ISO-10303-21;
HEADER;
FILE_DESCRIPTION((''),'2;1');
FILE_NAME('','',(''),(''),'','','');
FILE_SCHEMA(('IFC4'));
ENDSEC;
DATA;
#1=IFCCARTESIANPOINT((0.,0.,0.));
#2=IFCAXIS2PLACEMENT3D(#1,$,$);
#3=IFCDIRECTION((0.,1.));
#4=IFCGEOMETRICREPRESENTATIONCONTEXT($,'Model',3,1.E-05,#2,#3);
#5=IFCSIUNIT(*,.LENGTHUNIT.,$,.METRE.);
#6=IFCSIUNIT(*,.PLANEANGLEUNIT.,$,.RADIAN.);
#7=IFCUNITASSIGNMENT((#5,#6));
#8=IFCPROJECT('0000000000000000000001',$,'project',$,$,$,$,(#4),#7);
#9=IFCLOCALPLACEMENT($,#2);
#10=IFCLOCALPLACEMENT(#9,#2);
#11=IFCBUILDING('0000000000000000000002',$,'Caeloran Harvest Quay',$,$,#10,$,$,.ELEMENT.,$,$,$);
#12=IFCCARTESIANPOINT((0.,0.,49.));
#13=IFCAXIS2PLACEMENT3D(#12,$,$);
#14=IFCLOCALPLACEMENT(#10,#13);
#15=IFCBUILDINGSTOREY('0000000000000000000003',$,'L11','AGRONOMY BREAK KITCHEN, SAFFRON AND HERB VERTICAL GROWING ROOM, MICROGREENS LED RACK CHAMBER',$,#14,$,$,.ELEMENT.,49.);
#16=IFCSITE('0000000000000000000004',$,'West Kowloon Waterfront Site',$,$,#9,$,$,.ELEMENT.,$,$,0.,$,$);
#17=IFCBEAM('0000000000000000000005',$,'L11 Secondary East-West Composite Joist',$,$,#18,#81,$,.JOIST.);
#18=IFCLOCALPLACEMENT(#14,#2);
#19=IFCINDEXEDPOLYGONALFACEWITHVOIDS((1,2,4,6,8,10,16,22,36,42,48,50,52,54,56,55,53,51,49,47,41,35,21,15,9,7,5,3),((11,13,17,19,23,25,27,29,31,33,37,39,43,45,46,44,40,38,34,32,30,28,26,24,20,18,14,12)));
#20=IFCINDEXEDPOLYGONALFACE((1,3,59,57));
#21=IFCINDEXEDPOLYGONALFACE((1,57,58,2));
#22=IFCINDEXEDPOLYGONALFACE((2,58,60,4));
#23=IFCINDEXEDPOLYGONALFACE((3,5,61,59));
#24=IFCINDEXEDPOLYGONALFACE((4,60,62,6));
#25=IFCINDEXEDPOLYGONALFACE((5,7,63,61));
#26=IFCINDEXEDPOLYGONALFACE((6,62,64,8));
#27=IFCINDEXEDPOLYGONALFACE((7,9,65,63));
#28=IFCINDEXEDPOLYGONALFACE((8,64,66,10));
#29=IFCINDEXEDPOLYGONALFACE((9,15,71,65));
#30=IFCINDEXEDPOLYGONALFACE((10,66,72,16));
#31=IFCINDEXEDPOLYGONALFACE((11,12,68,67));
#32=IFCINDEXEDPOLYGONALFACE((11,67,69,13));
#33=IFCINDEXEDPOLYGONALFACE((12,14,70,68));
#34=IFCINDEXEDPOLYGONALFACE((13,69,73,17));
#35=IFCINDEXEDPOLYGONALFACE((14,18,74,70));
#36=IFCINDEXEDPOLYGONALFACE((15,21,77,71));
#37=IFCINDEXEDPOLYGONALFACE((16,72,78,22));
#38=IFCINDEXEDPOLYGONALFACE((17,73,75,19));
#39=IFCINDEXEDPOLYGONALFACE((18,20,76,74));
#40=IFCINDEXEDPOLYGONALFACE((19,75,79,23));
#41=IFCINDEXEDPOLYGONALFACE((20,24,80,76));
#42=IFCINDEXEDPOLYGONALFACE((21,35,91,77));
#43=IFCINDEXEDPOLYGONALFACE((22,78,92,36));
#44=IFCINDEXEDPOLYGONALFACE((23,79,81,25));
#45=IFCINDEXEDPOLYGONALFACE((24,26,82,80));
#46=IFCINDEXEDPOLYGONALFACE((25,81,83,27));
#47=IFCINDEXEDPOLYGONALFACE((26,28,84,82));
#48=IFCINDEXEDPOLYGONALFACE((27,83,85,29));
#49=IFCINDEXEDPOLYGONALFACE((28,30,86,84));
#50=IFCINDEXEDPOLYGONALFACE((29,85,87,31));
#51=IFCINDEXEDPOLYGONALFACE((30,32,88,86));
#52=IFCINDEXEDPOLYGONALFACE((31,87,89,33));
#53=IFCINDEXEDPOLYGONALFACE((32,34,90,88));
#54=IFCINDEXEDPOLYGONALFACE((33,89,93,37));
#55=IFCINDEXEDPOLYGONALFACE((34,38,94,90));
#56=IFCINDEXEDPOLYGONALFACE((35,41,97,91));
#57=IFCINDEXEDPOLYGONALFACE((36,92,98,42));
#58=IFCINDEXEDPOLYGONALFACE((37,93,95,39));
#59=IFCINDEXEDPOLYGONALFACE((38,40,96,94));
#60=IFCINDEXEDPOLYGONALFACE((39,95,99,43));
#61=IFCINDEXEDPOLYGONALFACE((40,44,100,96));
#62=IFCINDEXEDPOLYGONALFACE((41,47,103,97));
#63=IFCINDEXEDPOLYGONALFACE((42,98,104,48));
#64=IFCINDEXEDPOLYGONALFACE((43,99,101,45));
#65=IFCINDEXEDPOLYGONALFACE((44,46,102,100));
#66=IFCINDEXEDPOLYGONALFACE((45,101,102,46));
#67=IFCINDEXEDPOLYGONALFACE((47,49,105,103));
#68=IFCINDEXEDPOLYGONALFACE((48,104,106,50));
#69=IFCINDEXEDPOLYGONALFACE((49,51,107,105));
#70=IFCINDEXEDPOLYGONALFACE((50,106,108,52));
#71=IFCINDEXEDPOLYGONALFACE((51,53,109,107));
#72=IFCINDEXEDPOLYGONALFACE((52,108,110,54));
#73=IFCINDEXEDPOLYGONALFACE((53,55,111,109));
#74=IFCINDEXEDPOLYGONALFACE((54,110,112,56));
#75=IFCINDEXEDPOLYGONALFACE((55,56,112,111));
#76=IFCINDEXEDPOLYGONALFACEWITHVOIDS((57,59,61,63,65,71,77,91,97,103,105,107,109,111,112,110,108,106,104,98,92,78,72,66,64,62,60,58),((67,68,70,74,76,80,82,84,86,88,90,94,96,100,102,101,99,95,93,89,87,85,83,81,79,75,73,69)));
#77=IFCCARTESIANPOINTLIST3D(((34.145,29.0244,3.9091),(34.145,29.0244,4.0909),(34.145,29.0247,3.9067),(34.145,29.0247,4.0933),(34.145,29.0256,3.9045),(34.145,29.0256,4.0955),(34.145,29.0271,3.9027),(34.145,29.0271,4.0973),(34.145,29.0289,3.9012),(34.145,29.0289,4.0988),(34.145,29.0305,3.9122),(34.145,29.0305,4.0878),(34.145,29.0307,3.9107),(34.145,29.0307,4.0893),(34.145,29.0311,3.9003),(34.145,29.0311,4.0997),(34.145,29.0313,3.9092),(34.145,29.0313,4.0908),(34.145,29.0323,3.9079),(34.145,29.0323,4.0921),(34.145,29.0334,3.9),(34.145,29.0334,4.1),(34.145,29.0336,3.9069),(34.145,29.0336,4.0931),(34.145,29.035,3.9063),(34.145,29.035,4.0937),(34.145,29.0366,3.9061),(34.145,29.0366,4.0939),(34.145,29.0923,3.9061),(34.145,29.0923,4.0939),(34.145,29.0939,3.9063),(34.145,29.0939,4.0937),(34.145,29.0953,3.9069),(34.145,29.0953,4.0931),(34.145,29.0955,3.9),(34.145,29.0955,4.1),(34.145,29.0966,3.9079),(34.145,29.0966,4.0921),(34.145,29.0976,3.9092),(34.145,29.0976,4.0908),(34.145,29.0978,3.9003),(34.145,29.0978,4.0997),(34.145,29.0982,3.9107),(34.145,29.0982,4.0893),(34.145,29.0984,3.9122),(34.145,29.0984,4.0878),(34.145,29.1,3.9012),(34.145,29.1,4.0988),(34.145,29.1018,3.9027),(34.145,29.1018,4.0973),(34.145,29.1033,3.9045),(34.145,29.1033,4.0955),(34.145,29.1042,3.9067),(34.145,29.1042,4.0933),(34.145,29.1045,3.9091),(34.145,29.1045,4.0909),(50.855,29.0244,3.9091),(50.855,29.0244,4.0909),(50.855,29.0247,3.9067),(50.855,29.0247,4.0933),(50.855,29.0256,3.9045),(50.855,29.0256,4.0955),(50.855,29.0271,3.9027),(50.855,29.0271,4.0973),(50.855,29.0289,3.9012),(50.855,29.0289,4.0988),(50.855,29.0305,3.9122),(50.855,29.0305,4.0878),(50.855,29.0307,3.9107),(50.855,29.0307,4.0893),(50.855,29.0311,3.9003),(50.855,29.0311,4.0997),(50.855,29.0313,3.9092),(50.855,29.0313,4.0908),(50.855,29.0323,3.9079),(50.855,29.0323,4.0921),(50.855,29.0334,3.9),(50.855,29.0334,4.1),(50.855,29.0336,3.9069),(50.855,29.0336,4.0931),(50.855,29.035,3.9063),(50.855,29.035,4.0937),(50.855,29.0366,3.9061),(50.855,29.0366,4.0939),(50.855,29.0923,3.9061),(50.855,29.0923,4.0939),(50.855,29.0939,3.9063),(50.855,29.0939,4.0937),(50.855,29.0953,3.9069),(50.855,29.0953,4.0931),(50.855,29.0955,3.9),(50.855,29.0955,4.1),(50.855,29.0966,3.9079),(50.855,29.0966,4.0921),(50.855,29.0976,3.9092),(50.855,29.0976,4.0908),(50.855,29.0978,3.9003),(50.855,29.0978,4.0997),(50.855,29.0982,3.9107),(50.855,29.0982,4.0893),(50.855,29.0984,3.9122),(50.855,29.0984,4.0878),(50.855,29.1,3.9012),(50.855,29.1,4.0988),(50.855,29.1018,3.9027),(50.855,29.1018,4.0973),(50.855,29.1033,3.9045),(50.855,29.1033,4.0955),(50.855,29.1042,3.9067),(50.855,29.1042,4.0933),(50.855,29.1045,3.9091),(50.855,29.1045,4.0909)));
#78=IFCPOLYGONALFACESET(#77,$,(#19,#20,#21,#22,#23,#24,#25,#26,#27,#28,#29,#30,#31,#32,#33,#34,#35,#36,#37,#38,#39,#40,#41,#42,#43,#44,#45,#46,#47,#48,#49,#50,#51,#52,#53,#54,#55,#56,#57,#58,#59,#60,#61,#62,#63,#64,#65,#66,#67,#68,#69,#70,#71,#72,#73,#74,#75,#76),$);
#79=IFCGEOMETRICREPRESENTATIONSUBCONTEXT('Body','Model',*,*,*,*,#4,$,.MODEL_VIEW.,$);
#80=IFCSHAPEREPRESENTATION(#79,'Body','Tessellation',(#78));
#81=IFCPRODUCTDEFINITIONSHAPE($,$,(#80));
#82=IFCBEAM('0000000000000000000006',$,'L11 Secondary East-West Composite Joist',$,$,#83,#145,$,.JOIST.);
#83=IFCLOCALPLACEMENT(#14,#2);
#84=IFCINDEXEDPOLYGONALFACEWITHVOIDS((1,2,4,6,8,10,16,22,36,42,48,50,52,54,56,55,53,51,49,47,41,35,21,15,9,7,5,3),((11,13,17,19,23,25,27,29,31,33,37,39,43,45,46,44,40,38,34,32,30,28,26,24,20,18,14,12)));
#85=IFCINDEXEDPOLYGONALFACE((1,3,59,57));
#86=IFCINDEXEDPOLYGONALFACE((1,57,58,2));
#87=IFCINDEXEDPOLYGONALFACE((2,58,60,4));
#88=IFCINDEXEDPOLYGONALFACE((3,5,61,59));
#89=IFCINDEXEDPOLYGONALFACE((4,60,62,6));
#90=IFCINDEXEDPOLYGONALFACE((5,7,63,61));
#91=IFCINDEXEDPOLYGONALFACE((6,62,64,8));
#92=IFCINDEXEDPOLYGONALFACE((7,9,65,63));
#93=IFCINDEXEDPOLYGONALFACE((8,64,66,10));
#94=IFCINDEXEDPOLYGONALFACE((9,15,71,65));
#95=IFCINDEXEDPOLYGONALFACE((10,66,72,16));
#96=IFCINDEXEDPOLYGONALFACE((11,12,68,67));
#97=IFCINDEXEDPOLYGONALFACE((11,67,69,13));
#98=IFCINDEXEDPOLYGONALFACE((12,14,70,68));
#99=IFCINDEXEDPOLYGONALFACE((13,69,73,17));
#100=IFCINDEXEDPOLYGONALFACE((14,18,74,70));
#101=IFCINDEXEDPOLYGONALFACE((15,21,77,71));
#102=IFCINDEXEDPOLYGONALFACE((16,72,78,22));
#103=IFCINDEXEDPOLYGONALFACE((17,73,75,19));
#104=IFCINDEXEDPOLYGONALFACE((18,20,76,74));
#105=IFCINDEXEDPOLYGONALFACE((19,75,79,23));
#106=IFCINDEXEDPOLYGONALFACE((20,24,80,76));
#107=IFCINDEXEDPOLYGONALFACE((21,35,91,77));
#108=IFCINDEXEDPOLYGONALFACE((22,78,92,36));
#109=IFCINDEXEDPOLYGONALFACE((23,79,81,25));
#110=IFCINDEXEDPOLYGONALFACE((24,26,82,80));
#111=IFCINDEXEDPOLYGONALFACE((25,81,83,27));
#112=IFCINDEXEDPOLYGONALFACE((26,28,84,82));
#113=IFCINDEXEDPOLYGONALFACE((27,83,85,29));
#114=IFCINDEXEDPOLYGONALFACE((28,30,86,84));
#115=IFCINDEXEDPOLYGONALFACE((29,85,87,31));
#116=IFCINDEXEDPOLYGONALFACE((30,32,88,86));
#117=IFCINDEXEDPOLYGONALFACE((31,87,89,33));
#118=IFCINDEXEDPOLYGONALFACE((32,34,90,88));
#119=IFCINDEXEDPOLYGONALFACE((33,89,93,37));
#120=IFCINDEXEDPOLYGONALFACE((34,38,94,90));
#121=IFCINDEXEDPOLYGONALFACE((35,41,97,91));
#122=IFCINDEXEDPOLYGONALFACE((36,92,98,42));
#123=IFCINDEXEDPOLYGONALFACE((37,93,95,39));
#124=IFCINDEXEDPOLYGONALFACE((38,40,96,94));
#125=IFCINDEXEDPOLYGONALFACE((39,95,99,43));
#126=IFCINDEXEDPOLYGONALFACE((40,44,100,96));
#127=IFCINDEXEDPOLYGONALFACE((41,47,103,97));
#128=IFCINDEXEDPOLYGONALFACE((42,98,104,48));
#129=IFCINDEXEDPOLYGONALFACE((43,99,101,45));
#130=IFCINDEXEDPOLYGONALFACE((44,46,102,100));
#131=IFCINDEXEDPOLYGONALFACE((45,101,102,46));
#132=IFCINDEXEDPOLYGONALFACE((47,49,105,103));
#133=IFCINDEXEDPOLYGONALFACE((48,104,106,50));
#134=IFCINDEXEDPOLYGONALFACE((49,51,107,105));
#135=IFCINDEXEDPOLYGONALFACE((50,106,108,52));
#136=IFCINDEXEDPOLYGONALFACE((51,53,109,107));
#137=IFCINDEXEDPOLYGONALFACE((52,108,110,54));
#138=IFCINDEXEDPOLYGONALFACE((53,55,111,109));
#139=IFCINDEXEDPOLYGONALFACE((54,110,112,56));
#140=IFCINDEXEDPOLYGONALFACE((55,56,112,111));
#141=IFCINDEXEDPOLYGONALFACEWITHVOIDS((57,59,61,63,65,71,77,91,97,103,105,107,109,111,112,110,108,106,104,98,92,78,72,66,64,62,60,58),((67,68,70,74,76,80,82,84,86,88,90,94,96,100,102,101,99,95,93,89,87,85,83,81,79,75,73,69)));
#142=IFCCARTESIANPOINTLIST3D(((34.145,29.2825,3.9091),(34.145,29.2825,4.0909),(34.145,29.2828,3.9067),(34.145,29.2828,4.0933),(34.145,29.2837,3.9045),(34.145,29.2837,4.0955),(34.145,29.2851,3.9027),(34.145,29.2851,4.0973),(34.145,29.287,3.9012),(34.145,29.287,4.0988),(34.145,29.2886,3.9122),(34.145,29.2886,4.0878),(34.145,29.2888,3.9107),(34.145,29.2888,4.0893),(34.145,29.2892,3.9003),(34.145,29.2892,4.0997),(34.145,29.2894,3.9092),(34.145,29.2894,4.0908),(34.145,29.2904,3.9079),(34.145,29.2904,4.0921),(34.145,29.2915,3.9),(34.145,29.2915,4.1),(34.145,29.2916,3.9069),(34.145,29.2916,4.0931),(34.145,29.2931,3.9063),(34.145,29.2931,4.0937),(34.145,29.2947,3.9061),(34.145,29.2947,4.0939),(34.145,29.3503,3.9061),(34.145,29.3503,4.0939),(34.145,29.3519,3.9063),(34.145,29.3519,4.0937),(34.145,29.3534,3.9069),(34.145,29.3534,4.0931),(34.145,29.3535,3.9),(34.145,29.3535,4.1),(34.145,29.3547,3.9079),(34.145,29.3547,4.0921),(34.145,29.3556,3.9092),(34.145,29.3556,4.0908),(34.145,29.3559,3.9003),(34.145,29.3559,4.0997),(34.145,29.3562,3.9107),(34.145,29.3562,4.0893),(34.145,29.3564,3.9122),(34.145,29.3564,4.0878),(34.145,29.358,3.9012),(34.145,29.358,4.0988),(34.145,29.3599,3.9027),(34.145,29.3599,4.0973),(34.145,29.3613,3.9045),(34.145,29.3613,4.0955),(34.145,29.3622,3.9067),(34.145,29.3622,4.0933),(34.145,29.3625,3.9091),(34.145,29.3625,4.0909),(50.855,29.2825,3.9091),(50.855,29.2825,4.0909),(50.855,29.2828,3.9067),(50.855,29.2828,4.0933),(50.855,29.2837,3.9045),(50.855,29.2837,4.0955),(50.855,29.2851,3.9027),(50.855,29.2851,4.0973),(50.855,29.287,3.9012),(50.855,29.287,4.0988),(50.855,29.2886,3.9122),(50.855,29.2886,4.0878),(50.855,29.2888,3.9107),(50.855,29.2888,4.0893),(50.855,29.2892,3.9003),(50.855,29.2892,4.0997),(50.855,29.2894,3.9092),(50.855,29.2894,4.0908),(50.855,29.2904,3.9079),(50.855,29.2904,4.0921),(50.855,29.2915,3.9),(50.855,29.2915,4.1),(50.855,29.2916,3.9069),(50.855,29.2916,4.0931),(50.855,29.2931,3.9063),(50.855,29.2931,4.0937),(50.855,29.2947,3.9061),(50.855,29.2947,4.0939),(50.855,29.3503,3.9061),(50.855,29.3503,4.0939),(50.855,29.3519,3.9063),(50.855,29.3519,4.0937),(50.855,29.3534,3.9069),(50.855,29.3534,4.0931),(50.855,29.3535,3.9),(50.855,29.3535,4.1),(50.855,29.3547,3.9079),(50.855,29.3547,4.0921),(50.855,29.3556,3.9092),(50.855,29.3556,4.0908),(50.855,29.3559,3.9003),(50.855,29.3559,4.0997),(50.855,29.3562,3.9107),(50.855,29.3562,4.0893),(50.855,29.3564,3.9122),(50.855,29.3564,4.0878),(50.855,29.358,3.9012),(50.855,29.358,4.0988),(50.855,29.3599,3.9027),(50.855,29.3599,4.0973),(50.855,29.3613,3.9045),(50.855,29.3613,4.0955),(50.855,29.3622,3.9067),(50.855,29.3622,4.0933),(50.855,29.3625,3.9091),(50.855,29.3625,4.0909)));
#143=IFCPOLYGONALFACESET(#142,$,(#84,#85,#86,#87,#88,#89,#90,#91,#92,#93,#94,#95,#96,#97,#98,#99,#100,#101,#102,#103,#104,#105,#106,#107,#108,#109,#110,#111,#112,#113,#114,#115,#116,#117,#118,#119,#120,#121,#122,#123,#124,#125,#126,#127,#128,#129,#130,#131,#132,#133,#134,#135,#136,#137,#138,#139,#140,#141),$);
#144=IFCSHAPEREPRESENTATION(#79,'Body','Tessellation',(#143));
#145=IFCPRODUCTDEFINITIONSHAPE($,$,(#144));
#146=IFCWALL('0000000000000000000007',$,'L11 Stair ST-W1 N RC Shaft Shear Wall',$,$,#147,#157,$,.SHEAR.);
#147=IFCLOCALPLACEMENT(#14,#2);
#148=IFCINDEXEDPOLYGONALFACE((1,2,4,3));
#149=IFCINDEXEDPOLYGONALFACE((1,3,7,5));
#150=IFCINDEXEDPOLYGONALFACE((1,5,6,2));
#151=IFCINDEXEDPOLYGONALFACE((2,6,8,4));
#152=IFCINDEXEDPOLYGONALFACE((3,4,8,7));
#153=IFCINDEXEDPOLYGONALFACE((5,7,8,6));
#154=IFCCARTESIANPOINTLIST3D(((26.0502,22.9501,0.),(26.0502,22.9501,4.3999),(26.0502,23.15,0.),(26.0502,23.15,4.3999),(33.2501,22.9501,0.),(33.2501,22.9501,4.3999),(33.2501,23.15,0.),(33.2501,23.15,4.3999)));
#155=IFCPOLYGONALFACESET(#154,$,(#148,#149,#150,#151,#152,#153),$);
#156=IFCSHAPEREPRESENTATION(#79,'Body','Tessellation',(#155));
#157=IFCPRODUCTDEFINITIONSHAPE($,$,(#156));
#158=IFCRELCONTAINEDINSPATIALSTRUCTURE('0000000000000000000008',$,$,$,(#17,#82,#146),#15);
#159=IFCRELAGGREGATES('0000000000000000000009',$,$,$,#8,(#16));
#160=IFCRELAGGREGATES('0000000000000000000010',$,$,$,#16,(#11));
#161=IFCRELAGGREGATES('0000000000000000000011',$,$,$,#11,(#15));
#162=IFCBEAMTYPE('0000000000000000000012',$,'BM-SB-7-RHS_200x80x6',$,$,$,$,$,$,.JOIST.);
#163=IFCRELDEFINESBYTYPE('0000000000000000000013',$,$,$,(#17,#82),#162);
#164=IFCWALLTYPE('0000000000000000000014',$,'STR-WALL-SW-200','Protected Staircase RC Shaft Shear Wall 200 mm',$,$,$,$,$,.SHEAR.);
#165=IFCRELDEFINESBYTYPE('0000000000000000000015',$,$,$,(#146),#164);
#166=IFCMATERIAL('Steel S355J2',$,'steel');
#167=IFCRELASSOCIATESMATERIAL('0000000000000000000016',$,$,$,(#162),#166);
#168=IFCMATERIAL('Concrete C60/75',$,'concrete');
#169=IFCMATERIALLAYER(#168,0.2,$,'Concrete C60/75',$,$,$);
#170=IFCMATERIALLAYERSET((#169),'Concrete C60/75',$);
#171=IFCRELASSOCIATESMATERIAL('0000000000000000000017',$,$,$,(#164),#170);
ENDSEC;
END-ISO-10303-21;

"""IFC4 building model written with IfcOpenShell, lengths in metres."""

from ifc_helpers import new_model, si_unit, direction, frame, frame_2d, origin, origin_2d, place, context, subcontext, project, spatial, rectangle, hollow_rectangle, extrude, material, layer, layer_set, material_profile, profile_set, type_object, element, save


model = new_model("IFC4")

# Units and contexts
model_context = context("Model", 3, precision=1e-05, world=origin(), true_north=direction((0.0, 1.0)))
body_context = subcontext(model_context, "Body", "Model", "MODEL_VIEW")
ifc_project = project(units=[si_unit("LENGTHUNIT", "METRE"), si_unit("PLANEANGLEUNIT", "RADIAN")], contexts=[model_context])

# Site, building, storey
site_placement = place(None, origin())
site = spatial("IfcSite", under=ifc_project, at=site_placement, Name="West Kowloon Waterfront Site", CompositionType="ELEMENT", RefElevation=0.0)
building_placement = place(site_placement, origin())
building = spatial("IfcBuilding", under=site, at=building_placement, Name="Caeloran Harvest Quay", CompositionType="ELEMENT")
storey_placement = place(building_placement, frame((0.0, 0.0, 49.0)))
storey = spatial("IfcBuildingStorey", under=building, at=storey_placement, Name="L11", Description="AGRONOMY BREAK KITCHEN, SAFFRON AND HERB VERTICAL GROWING ROOM, MICROGREENS LED RACK CHAMBER", CompositionType="ELEMENT", Elevation=49.0)

# Beams
ifc_material_1 = material(Name="Steel S355J2", Category="steel")
ifc_material_profile_1 = material_profile(ifc_material_1, hollow_rectangle(XDim=0.0801, YDim=0.2, WallThickness=0.0061, InnerFilletRadius=0.0061, OuterFilletRadius=0.009, at=origin_2d()), Name="RHS 200x80x6")
ifc_profile_set_1 = profile_set([ifc_material_profile_1], Name="Steel S355J2")
beam_type_1 = type_object("IfcBeamType", Name="BM-SB-7-RHS_200x80x6", PredefinedType="JOIST", material=ifc_profile_set_1)
for number, where, z_axis, x_axis, name in (
    (1, (34.145, 29.0645, 4.0), (1.0, 0.0, 0.0), (0.0, 1.0, 0.0), "L11 Secondary East-West Composite Joist"),
    (2, (34.145, 29.3225, 4.0), (1.0, 0.0, 0.0), (0.0, 1.0, 0.0), "L11 Secondary East-West Composite Joist"),
):
    element("IfcBeam", number, at=place(storey_placement, frame(where, z_axis=z_axis, x_axis=x_axis)), inside=storey, type_object=beam_type_1, Name=name, PredefinedType="JOIST", context=body_context, shape_type="SweptSolid", body=[
        extrude(hollow_rectangle(XDim=0.0801, YDim=0.2, WallThickness=0.0061, InnerFilletRadius=0.0061, OuterFilletRadius=0.009, at=origin_2d()), origin(), (0.0, 0.0, 1.0), 16.71),
    ])

# Wall
ifc_material_2 = material(Name="Concrete C60/75", Category="concrete")
ifc_layer_1 = layer(ifc_material_2, 0.2, Name="Concrete C60/75")
ifc_layer_set_1 = layer_set([ifc_layer_1], Name="Concrete C60/75")
wall_type = type_object("IfcWallType", Name="STR-WALL-SW-200", Description="Protected Staircase RC Shaft Shear Wall 200 mm", PredefinedType="SHEAR", material=ifc_layer_set_1)
wall_placement = place(storey_placement, frame((26.05, 23.05, 0.0), z_axis=(0.0, 0.0, 1.0), x_axis=(1.0, 0.0, 0.0)))
element("IfcWall", 3, at=wall_placement, inside=storey, type_object=wall_type, Name="L11 Stair ST-W1 N RC Shaft Shear Wall", PredefinedType="SHEAR", context=body_context, shape_type="SweptSolid", body=[
    extrude(rectangle(XDim=7.2, YDim=0.2, at=frame_2d((3.6001, 0.0))), origin(), (0.0, 0.0, 1.0), 4.3999),
])

save(model, "model.ifc")
